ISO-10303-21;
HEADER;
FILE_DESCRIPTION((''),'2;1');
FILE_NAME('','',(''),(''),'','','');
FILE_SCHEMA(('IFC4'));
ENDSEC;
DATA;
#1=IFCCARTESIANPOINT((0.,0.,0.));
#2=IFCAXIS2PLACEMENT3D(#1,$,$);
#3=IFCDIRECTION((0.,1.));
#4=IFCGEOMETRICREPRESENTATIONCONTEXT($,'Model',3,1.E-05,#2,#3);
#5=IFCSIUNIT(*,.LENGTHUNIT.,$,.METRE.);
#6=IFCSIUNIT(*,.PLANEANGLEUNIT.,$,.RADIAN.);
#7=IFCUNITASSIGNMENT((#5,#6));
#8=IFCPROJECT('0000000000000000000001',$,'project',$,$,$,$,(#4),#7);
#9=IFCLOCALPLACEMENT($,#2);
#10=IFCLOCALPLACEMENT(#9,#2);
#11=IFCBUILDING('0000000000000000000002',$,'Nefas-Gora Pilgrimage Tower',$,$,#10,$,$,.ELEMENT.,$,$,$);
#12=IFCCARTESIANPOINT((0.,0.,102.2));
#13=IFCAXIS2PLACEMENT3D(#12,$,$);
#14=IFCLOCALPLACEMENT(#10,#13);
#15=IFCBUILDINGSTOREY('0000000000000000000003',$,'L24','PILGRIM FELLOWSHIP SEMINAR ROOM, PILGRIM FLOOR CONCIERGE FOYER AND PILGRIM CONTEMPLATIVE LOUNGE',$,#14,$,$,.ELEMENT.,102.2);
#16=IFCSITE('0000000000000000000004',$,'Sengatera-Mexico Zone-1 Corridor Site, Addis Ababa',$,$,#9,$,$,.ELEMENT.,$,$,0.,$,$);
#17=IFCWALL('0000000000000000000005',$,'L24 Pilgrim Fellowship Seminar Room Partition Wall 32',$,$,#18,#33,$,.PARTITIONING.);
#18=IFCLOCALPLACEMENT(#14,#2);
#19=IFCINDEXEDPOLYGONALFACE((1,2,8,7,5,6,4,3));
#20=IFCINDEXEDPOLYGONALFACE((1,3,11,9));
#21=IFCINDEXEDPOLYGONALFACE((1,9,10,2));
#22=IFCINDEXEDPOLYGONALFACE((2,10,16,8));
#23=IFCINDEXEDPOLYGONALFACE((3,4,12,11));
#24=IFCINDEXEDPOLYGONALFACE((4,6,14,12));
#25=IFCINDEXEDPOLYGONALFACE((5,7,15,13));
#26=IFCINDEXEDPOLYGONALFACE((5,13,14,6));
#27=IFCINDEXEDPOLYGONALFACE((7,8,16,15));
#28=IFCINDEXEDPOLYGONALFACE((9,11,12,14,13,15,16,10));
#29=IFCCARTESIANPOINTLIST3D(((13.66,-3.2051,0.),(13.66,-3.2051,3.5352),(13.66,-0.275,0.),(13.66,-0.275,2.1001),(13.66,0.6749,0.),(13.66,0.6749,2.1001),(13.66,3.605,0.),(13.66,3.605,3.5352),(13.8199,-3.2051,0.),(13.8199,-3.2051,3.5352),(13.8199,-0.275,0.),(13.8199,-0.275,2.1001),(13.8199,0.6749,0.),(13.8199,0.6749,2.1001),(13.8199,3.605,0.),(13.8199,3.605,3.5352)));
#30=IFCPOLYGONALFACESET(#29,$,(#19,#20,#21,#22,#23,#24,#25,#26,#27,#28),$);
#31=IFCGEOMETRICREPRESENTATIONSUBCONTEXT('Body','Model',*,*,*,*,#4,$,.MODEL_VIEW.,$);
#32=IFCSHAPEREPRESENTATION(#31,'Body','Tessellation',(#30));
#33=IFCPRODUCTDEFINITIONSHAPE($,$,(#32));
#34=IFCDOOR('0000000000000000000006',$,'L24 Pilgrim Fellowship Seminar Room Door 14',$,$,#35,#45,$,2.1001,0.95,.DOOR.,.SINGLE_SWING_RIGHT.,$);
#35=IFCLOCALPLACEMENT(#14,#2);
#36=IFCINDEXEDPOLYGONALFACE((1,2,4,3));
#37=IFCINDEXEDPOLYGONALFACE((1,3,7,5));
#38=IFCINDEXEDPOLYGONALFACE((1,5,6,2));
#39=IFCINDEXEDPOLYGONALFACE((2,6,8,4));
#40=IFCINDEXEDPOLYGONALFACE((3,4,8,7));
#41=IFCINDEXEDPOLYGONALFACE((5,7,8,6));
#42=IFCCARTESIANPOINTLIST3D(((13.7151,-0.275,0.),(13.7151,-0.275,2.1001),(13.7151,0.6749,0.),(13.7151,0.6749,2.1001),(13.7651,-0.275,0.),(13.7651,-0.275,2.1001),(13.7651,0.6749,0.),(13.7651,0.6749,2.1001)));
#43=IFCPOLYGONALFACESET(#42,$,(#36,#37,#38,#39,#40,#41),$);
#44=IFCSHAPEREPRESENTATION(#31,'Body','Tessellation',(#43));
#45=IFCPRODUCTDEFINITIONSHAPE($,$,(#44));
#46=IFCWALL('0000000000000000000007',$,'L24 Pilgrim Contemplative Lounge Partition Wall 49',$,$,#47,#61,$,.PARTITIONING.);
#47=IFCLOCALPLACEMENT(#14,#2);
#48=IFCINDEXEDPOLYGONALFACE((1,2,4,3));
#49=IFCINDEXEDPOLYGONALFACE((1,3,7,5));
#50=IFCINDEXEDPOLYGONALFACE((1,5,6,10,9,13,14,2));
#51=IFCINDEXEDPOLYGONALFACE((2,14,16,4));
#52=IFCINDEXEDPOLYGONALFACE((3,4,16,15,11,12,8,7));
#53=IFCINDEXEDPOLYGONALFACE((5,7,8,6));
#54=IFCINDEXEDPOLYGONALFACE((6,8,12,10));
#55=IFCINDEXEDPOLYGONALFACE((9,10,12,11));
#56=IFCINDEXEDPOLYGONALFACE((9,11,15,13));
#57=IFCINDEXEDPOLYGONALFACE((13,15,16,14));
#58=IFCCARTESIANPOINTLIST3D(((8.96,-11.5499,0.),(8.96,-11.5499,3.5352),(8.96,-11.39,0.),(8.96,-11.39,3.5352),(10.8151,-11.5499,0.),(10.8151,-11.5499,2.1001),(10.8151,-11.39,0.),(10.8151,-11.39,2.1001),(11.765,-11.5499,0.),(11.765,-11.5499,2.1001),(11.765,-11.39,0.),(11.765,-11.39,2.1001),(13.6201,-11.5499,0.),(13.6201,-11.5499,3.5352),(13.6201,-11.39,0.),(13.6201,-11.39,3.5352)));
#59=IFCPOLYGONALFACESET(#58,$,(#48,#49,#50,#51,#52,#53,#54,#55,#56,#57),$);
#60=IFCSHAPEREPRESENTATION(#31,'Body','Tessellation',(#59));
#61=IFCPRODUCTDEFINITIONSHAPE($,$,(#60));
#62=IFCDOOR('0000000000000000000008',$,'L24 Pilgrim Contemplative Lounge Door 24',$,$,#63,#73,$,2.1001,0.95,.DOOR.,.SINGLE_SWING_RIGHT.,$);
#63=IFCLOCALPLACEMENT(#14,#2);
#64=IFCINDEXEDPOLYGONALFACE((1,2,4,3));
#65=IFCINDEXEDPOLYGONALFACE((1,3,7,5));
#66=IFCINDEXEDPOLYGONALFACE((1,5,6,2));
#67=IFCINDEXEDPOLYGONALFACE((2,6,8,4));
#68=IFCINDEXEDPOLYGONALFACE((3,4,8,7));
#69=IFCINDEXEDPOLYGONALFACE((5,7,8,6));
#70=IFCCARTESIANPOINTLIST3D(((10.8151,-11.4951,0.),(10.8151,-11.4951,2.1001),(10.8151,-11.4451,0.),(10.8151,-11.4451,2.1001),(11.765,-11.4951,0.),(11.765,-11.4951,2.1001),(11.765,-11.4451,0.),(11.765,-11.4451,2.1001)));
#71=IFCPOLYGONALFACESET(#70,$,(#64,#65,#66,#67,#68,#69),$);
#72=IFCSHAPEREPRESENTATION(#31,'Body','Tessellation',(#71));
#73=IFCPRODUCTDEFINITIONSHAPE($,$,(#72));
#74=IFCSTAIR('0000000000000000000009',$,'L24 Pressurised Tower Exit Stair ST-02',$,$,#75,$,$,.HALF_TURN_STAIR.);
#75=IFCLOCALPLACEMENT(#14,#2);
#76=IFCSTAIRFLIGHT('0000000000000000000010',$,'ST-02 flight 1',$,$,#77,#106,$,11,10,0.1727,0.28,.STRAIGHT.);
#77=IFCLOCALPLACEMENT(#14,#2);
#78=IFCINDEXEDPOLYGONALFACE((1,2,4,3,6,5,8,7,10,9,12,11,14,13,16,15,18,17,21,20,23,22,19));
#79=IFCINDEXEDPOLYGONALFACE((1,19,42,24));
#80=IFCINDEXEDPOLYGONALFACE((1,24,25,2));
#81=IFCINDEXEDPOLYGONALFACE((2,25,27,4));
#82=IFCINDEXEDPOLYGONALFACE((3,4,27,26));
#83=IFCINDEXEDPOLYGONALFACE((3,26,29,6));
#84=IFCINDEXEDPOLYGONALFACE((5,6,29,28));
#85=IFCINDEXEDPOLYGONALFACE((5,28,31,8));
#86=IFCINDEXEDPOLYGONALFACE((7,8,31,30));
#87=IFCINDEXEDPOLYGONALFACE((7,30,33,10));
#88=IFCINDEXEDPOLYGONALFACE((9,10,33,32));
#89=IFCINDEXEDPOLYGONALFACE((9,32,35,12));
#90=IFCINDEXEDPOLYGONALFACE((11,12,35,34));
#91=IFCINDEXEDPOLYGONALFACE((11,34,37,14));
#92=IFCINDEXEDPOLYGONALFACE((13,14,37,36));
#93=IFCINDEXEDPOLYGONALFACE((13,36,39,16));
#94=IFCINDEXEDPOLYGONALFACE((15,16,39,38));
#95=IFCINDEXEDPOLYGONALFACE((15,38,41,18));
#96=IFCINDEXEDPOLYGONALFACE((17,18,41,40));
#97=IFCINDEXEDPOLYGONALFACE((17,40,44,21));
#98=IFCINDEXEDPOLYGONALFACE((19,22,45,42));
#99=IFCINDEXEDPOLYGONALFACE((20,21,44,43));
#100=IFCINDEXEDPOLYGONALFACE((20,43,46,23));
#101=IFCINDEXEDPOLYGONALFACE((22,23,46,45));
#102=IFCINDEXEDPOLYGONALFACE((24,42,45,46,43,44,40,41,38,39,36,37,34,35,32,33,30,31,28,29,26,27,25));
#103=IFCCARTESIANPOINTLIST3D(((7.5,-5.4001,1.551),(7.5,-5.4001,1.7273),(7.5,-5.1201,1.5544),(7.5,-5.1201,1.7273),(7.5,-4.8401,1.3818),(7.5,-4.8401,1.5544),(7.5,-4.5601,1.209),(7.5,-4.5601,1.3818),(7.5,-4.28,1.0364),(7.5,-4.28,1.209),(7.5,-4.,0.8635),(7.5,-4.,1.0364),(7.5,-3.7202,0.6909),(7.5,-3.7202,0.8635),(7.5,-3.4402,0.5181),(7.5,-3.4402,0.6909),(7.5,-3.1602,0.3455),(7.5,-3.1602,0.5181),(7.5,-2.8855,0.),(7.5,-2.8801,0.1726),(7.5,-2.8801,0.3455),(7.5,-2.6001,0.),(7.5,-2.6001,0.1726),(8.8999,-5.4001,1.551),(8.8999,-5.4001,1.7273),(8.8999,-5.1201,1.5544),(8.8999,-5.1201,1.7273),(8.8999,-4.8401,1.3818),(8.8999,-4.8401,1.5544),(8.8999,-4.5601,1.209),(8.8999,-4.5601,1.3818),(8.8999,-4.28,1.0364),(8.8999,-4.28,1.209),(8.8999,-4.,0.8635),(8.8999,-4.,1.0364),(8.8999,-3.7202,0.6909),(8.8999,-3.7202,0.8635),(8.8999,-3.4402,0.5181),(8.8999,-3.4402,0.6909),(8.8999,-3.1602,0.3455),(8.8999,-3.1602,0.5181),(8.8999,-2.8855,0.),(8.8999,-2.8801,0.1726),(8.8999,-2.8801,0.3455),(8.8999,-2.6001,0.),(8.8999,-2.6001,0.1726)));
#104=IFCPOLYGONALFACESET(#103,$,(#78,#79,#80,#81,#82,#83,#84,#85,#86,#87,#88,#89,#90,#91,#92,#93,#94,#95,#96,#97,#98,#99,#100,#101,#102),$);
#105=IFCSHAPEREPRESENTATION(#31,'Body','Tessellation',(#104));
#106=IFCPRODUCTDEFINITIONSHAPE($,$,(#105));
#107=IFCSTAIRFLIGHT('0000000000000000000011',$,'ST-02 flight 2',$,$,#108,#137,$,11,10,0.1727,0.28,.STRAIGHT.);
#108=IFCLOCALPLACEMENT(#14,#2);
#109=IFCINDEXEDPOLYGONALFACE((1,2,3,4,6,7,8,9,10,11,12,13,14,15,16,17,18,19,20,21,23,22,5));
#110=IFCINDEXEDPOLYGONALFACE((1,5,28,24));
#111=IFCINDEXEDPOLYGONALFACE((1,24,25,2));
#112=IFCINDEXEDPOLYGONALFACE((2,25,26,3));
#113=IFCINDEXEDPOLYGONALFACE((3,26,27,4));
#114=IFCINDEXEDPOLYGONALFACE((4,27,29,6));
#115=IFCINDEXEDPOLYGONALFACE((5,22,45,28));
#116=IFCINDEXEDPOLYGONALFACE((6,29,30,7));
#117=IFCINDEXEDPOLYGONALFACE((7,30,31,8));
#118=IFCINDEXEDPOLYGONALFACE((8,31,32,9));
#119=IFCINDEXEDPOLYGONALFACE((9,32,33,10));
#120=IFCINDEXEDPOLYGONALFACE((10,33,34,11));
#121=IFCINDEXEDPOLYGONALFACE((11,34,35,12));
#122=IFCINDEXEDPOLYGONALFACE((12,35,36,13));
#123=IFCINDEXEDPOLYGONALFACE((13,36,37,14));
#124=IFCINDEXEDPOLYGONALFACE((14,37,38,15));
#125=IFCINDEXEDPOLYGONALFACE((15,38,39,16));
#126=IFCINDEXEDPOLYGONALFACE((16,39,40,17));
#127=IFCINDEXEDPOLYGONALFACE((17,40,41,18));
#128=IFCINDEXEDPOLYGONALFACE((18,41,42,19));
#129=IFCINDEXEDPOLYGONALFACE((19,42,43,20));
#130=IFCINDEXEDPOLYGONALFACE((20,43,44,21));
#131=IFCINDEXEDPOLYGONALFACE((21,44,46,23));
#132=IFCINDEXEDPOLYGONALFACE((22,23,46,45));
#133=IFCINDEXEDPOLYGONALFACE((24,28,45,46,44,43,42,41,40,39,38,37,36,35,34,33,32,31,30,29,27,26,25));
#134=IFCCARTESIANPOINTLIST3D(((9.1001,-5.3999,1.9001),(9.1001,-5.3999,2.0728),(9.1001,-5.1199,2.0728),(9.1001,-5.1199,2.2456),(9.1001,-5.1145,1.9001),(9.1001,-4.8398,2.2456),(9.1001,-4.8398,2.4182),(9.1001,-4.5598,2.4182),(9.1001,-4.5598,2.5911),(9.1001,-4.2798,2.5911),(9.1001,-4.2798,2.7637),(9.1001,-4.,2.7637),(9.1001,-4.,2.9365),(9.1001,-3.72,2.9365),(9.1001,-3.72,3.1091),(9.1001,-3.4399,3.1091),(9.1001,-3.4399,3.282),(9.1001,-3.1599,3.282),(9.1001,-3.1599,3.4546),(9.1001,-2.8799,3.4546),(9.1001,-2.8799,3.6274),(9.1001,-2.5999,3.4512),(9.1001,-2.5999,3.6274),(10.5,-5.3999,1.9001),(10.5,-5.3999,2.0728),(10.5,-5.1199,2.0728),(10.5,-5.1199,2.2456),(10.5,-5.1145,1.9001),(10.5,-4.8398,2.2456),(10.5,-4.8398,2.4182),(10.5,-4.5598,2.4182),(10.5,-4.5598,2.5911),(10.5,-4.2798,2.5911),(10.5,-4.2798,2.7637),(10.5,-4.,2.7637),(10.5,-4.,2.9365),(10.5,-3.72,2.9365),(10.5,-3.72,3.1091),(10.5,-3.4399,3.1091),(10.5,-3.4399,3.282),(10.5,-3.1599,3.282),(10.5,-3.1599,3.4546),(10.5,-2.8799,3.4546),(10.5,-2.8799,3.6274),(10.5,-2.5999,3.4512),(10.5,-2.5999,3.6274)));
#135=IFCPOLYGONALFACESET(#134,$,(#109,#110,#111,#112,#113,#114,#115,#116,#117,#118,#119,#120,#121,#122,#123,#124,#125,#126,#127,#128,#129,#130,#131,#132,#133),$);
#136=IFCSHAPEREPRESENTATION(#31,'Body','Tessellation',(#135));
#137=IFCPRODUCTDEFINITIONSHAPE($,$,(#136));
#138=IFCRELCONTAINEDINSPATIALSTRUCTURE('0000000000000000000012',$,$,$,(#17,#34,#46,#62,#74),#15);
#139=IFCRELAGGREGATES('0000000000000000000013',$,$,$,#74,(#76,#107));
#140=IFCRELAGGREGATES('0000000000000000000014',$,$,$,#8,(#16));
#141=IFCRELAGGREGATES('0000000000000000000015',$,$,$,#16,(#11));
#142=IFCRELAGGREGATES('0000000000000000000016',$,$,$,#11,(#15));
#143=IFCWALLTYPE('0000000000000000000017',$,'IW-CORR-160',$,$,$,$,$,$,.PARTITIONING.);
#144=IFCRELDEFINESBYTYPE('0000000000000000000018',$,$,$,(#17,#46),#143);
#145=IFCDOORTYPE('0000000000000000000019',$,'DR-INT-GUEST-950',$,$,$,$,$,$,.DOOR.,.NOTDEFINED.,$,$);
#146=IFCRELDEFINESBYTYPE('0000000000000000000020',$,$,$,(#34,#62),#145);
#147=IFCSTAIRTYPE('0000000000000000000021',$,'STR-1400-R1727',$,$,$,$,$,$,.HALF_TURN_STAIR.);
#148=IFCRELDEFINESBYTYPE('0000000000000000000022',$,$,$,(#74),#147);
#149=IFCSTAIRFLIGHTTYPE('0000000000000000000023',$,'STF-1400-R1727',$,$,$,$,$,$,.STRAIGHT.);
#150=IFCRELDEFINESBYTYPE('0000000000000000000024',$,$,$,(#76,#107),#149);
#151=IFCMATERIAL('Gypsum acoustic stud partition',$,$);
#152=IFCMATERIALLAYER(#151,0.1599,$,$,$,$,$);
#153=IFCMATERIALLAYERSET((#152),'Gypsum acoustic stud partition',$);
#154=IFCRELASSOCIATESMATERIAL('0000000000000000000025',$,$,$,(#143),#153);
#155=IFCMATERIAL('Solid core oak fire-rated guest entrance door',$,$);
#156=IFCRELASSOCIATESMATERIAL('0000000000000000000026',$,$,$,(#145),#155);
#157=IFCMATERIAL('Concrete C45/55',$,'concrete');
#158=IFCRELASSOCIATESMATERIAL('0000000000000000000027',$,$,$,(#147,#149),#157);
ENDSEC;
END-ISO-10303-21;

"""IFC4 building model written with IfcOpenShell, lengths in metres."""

from ifc_helpers import new_model, si_unit, direction, frame, frame_2d, origin, place, context, subcontext, project, spatial, polyline, rectangle, outline, extrude, source, transform, mapped, material, layer, layer_set, type_object, element, fill, aggregate, save


model = new_model("IFC4")

# Units and contexts
model_context = context("Model", 3, precision=1e-05, world=origin(), true_north=direction((0.0, 1.0)))
body_context = subcontext(model_context, "Body", "Model", "MODEL_VIEW")
ifc_project = project(units=[si_unit("LENGTHUNIT", "METRE"), si_unit("PLANEANGLEUNIT", "RADIAN")], contexts=[model_context])

# Site, building, storey
site_placement = place(None, origin())
site = spatial("IfcSite", under=ifc_project, at=site_placement, Name="Sengatera-Mexico Zone-1 Corridor Site, Addis Ababa", CompositionType="ELEMENT", RefElevation=0.0)
building_placement = place(site_placement, origin())
building = spatial("IfcBuilding", under=site, at=building_placement, Name="Nefas-Gora Pilgrimage Tower", CompositionType="ELEMENT")
storey_placement = place(building_placement, frame((0.0, 0.0, 102.2)))
storey = spatial("IfcBuildingStorey", under=building, at=storey_placement, Name="L24", Description="PILGRIM FELLOWSHIP SEMINAR ROOM, PILGRIM FLOOR CONCIERGE FOYER AND PILGRIM CONTEMPLATIVE LOUNGE", CompositionType="ELEMENT", Elevation=102.2)

# Walls, openings, doors
ifc_material_1 = material(Name="Gypsum acoustic stud partition")
ifc_layer_1 = layer(ifc_material_1, 0.1599)
ifc_layer_set_1 = layer_set([ifc_layer_1], Name="Gypsum acoustic stud partition")
wall_type_1 = type_object("IfcWallType", Name="IW-CORR-160", PredefinedType="PARTITIONING", material=ifc_layer_set_1)
shared_shape_1 = source(origin(), body_context, "Body", "SweptSolid", [
    extrude(rectangle(XDim=6.8101, YDim=0.1599, at=frame_2d((3.405, 0.0))), origin(), (0.0, 0.0, 1.0), 3.5352),
])
wall_1_placement = place(storey_placement, frame((13.74, -3.2051, 0.0), z_axis=(0.0, 0.0, 1.0), x_axis=(0.0, 1.0, 0.0)))
wall_1 = element("IfcWall", 1, at=wall_1_placement, inside=storey, type_object=wall_type_1, Name="L24 Pilgrim Fellowship Seminar Room Partition Wall 32", PredefinedType="PARTITIONING", context=body_context, shape_type="MappedRepresentation", body=[
    mapped(shared_shape_1, transform((0.0, 0.0, 0.0), x_axis=(1.0, 0.0, 0.0), y_axis=(0.0, 1.0, 0.0), z_axis=(0.0, 0.0, 1.0), scale=1.0)),
])
opening_1_placement = place(wall_1_placement, frame((2.9299, 0.0, 0.0)))
opening_1 = element("IfcOpeningElement", 2, at=opening_1_placement, cuts=wall_1, PredefinedType="OPENING", context=body_context, shape_type="SweptSolid", body=[
    extrude(rectangle(XDim=0.95, YDim=2.1001, at=frame_2d((0.4751, 1.05))), frame((0.0, 0.0898, 0.0), z_axis=(0.0, -1.0, 0.0), x_axis=(1.0, 0.0, 0.0)), (0.0, 0.0, 1.0), 0.1799),
])
ifc_material_2 = material(Name="Solid core oak fire-rated guest entrance door")
door_type_1 = type_object("IfcDoorType", Name="DR-INT-GUEST-950", OperationType="NOTDEFINED", PredefinedType="DOOR", material=ifc_material_2)
shared_shape_2 = source(origin(), body_context, "Body", "SweptSolid", [
    extrude(rectangle(XDim=0.95, YDim=2.1001, at=frame_2d((0.4751, 1.05))), frame((0.0, 0.0249, 0.0), z_axis=(0.0, -1.0, 0.0), x_axis=(1.0, 0.0, 0.0)), (0.0, 0.0, 1.0), 0.05),
])
door_1_placement = place(opening_1_placement, origin())
door_1 = element("IfcDoor", 3, at=door_1_placement, inside=storey, type_object=door_type_1, Name="L24 Pilgrim Fellowship Seminar Room Door 14", OperationType="SINGLE_SWING_RIGHT", OverallHeight=2.1001, OverallWidth=0.95, PredefinedType="DOOR", context=body_context, shape_type="MappedRepresentation", body=[
    mapped(shared_shape_2, transform((0.0, 0.0, 0.0), x_axis=(1.0, 0.0, 0.0), y_axis=(0.0, 1.0, 0.0), z_axis=(0.0, 0.0, 1.0), scale=1.0)),
])
fill(opening_1, door_1)
shared_shape_3 = source(origin(), body_context, "Body", "SweptSolid", [
    extrude(rectangle(XDim=4.6602, YDim=0.1599, at=frame_2d((2.3301, 0.0))), origin(), (0.0, 0.0, 1.0), 3.5352),
])
wall_2_placement = place(storey_placement, frame((8.96, -11.47, 0.0), z_axis=(0.0, 0.0, 1.0), x_axis=(1.0, 0.0, 0.0)))
wall_2 = element("IfcWall", 4, at=wall_2_placement, inside=storey, type_object=wall_type_1, Name="L24 Pilgrim Contemplative Lounge Partition Wall 49", PredefinedType="PARTITIONING", context=body_context, shape_type="MappedRepresentation", body=[
    mapped(shared_shape_3, transform((0.0, 0.0, 0.0), x_axis=(1.0, 0.0, 0.0), y_axis=(0.0, 1.0, 0.0), z_axis=(0.0, 0.0, 1.0), scale=1.0)),
])
opening_2_placement = place(wall_2_placement, frame((1.855, 0.0, 0.0)))
opening_2 = element("IfcOpeningElement", 5, at=opening_2_placement, cuts=wall_2, PredefinedType="OPENING", context=body_context, shape_type="SweptSolid", body=[
    extrude(rectangle(XDim=0.95, YDim=2.1001, at=frame_2d((0.4751, 1.05))), frame((0.0, 0.0898, 0.0), z_axis=(0.0, -1.0, 0.0), x_axis=(1.0, 0.0, 0.0)), (0.0, 0.0, 1.0), 0.1799),
])
door_2_placement = place(opening_2_placement, origin())
door_2 = element("IfcDoor", 6, at=door_2_placement, inside=storey, type_object=door_type_1, Name="L24 Pilgrim Contemplative Lounge Door 24", OperationType="SINGLE_SWING_RIGHT", OverallHeight=2.1001, OverallWidth=0.95, PredefinedType="DOOR", context=body_context, shape_type="MappedRepresentation", body=[
    mapped(shared_shape_2, transform((0.0, 0.0, 0.0), x_axis=(1.0, 0.0, 0.0), y_axis=(0.0, 1.0, 0.0), z_axis=(0.0, 0.0, 1.0), scale=1.0)),
])
fill(opening_2, door_2)

# Stair, stair flights
ifc_material_3 = material(Name="Concrete C45/55", Category="concrete")
stair_type = type_object("IfcStairType", Name="STR-1400-R1727", PredefinedType="HALF_TURN_STAIR", material=ifc_material_3)
stair_placement = place(storey_placement, origin())
stair = element("IfcStair", 7, at=stair_placement, inside=storey, type_object=stair_type, Name="L24 Pressurised Tower Exit Stair ST-02", PredefinedType="HALF_TURN_STAIR")
stair_flight_type = type_object("IfcStairFlightType", Name="STF-1400-R1727", PredefinedType="STRAIGHT", material=ifc_material_3)
shared_shape_4 = source(origin(), body_context, "Body", "SweptSolid", [
    extrude(outline(polyline([(0.0, 0.0), (0.0, 0.1726), (0.28, 0.1726), (0.28, 0.3455), (0.5601, 0.3455), (0.5601, 0.5181), (0.8401, 0.5181), (0.8401, 0.6909), (1.1201, 0.6909), (1.1201, 0.8635), (1.3999, 0.8635), (1.3999, 1.0364), (1.6799, 1.0364), (1.6799, 1.209), (1.96, 1.209), (1.96, 1.3818), (2.24, 1.3818), (2.24, 1.5544), (2.52, 1.5544), (2.52, 1.7273), (2.8, 1.7273), (2.8, 1.8999), (2.8, 1.551), (0.2854, 0.0), (0.0, 0.0)])), frame((0.0, 0.7, 0.0), z_axis=(0.0, -1.0, 0.0), x_axis=(1.0, 0.0, 0.0)), (0.0, 0.0, 1.0), 1.3999),
])
stair_flight_1_placement = place(storey_placement, frame((8.2, -2.6001, 0.0), z_axis=(0.0, 0.0, 1.0), x_axis=(0.0, -1.0, 0.0)))
stair_flight_1 = element("IfcStairFlight", 8, at=stair_flight_1_placement, type_object=stair_flight_type, Name="ST-02 flight 1", NumberOfRisers=11, NumberOfTreads=10, PredefinedType="STRAIGHT", RiserHeight=0.1727, TreadLength=0.28, context=body_context, shape_type="MappedRepresentation", body=[
    mapped(shared_shape_4, transform((0.0, 0.0, 0.0), x_axis=(1.0, 0.0, 0.0), y_axis=(0.0, 1.0, 0.0), z_axis=(0.0, 0.0, 1.0), scale=1.0)),
])
stair_flight_2_placement = place(storey_placement, frame((9.8, -5.3999, 1.9001), z_axis=(0.0, 0.0, 1.0), x_axis=(0.0, 1.0, 0.0)))
stair_flight_2 = element("IfcStairFlight", 9, at=stair_flight_2_placement, type_object=stair_flight_type, Name="ST-02 flight 2", NumberOfRisers=11, NumberOfTreads=10, PredefinedType="STRAIGHT", RiserHeight=0.1727, TreadLength=0.28, context=body_context, shape_type="MappedRepresentation", body=[
    mapped(shared_shape_4, transform((0.0, 0.0, 0.0), x_axis=(1.0, 0.0, 0.0), y_axis=(0.0, 1.0, 0.0), z_axis=(0.0, 0.0, 1.0), scale=1.0)),
])
aggregate(stair, [stair_flight_1, stair_flight_2])

save(model, "model.ifc")
